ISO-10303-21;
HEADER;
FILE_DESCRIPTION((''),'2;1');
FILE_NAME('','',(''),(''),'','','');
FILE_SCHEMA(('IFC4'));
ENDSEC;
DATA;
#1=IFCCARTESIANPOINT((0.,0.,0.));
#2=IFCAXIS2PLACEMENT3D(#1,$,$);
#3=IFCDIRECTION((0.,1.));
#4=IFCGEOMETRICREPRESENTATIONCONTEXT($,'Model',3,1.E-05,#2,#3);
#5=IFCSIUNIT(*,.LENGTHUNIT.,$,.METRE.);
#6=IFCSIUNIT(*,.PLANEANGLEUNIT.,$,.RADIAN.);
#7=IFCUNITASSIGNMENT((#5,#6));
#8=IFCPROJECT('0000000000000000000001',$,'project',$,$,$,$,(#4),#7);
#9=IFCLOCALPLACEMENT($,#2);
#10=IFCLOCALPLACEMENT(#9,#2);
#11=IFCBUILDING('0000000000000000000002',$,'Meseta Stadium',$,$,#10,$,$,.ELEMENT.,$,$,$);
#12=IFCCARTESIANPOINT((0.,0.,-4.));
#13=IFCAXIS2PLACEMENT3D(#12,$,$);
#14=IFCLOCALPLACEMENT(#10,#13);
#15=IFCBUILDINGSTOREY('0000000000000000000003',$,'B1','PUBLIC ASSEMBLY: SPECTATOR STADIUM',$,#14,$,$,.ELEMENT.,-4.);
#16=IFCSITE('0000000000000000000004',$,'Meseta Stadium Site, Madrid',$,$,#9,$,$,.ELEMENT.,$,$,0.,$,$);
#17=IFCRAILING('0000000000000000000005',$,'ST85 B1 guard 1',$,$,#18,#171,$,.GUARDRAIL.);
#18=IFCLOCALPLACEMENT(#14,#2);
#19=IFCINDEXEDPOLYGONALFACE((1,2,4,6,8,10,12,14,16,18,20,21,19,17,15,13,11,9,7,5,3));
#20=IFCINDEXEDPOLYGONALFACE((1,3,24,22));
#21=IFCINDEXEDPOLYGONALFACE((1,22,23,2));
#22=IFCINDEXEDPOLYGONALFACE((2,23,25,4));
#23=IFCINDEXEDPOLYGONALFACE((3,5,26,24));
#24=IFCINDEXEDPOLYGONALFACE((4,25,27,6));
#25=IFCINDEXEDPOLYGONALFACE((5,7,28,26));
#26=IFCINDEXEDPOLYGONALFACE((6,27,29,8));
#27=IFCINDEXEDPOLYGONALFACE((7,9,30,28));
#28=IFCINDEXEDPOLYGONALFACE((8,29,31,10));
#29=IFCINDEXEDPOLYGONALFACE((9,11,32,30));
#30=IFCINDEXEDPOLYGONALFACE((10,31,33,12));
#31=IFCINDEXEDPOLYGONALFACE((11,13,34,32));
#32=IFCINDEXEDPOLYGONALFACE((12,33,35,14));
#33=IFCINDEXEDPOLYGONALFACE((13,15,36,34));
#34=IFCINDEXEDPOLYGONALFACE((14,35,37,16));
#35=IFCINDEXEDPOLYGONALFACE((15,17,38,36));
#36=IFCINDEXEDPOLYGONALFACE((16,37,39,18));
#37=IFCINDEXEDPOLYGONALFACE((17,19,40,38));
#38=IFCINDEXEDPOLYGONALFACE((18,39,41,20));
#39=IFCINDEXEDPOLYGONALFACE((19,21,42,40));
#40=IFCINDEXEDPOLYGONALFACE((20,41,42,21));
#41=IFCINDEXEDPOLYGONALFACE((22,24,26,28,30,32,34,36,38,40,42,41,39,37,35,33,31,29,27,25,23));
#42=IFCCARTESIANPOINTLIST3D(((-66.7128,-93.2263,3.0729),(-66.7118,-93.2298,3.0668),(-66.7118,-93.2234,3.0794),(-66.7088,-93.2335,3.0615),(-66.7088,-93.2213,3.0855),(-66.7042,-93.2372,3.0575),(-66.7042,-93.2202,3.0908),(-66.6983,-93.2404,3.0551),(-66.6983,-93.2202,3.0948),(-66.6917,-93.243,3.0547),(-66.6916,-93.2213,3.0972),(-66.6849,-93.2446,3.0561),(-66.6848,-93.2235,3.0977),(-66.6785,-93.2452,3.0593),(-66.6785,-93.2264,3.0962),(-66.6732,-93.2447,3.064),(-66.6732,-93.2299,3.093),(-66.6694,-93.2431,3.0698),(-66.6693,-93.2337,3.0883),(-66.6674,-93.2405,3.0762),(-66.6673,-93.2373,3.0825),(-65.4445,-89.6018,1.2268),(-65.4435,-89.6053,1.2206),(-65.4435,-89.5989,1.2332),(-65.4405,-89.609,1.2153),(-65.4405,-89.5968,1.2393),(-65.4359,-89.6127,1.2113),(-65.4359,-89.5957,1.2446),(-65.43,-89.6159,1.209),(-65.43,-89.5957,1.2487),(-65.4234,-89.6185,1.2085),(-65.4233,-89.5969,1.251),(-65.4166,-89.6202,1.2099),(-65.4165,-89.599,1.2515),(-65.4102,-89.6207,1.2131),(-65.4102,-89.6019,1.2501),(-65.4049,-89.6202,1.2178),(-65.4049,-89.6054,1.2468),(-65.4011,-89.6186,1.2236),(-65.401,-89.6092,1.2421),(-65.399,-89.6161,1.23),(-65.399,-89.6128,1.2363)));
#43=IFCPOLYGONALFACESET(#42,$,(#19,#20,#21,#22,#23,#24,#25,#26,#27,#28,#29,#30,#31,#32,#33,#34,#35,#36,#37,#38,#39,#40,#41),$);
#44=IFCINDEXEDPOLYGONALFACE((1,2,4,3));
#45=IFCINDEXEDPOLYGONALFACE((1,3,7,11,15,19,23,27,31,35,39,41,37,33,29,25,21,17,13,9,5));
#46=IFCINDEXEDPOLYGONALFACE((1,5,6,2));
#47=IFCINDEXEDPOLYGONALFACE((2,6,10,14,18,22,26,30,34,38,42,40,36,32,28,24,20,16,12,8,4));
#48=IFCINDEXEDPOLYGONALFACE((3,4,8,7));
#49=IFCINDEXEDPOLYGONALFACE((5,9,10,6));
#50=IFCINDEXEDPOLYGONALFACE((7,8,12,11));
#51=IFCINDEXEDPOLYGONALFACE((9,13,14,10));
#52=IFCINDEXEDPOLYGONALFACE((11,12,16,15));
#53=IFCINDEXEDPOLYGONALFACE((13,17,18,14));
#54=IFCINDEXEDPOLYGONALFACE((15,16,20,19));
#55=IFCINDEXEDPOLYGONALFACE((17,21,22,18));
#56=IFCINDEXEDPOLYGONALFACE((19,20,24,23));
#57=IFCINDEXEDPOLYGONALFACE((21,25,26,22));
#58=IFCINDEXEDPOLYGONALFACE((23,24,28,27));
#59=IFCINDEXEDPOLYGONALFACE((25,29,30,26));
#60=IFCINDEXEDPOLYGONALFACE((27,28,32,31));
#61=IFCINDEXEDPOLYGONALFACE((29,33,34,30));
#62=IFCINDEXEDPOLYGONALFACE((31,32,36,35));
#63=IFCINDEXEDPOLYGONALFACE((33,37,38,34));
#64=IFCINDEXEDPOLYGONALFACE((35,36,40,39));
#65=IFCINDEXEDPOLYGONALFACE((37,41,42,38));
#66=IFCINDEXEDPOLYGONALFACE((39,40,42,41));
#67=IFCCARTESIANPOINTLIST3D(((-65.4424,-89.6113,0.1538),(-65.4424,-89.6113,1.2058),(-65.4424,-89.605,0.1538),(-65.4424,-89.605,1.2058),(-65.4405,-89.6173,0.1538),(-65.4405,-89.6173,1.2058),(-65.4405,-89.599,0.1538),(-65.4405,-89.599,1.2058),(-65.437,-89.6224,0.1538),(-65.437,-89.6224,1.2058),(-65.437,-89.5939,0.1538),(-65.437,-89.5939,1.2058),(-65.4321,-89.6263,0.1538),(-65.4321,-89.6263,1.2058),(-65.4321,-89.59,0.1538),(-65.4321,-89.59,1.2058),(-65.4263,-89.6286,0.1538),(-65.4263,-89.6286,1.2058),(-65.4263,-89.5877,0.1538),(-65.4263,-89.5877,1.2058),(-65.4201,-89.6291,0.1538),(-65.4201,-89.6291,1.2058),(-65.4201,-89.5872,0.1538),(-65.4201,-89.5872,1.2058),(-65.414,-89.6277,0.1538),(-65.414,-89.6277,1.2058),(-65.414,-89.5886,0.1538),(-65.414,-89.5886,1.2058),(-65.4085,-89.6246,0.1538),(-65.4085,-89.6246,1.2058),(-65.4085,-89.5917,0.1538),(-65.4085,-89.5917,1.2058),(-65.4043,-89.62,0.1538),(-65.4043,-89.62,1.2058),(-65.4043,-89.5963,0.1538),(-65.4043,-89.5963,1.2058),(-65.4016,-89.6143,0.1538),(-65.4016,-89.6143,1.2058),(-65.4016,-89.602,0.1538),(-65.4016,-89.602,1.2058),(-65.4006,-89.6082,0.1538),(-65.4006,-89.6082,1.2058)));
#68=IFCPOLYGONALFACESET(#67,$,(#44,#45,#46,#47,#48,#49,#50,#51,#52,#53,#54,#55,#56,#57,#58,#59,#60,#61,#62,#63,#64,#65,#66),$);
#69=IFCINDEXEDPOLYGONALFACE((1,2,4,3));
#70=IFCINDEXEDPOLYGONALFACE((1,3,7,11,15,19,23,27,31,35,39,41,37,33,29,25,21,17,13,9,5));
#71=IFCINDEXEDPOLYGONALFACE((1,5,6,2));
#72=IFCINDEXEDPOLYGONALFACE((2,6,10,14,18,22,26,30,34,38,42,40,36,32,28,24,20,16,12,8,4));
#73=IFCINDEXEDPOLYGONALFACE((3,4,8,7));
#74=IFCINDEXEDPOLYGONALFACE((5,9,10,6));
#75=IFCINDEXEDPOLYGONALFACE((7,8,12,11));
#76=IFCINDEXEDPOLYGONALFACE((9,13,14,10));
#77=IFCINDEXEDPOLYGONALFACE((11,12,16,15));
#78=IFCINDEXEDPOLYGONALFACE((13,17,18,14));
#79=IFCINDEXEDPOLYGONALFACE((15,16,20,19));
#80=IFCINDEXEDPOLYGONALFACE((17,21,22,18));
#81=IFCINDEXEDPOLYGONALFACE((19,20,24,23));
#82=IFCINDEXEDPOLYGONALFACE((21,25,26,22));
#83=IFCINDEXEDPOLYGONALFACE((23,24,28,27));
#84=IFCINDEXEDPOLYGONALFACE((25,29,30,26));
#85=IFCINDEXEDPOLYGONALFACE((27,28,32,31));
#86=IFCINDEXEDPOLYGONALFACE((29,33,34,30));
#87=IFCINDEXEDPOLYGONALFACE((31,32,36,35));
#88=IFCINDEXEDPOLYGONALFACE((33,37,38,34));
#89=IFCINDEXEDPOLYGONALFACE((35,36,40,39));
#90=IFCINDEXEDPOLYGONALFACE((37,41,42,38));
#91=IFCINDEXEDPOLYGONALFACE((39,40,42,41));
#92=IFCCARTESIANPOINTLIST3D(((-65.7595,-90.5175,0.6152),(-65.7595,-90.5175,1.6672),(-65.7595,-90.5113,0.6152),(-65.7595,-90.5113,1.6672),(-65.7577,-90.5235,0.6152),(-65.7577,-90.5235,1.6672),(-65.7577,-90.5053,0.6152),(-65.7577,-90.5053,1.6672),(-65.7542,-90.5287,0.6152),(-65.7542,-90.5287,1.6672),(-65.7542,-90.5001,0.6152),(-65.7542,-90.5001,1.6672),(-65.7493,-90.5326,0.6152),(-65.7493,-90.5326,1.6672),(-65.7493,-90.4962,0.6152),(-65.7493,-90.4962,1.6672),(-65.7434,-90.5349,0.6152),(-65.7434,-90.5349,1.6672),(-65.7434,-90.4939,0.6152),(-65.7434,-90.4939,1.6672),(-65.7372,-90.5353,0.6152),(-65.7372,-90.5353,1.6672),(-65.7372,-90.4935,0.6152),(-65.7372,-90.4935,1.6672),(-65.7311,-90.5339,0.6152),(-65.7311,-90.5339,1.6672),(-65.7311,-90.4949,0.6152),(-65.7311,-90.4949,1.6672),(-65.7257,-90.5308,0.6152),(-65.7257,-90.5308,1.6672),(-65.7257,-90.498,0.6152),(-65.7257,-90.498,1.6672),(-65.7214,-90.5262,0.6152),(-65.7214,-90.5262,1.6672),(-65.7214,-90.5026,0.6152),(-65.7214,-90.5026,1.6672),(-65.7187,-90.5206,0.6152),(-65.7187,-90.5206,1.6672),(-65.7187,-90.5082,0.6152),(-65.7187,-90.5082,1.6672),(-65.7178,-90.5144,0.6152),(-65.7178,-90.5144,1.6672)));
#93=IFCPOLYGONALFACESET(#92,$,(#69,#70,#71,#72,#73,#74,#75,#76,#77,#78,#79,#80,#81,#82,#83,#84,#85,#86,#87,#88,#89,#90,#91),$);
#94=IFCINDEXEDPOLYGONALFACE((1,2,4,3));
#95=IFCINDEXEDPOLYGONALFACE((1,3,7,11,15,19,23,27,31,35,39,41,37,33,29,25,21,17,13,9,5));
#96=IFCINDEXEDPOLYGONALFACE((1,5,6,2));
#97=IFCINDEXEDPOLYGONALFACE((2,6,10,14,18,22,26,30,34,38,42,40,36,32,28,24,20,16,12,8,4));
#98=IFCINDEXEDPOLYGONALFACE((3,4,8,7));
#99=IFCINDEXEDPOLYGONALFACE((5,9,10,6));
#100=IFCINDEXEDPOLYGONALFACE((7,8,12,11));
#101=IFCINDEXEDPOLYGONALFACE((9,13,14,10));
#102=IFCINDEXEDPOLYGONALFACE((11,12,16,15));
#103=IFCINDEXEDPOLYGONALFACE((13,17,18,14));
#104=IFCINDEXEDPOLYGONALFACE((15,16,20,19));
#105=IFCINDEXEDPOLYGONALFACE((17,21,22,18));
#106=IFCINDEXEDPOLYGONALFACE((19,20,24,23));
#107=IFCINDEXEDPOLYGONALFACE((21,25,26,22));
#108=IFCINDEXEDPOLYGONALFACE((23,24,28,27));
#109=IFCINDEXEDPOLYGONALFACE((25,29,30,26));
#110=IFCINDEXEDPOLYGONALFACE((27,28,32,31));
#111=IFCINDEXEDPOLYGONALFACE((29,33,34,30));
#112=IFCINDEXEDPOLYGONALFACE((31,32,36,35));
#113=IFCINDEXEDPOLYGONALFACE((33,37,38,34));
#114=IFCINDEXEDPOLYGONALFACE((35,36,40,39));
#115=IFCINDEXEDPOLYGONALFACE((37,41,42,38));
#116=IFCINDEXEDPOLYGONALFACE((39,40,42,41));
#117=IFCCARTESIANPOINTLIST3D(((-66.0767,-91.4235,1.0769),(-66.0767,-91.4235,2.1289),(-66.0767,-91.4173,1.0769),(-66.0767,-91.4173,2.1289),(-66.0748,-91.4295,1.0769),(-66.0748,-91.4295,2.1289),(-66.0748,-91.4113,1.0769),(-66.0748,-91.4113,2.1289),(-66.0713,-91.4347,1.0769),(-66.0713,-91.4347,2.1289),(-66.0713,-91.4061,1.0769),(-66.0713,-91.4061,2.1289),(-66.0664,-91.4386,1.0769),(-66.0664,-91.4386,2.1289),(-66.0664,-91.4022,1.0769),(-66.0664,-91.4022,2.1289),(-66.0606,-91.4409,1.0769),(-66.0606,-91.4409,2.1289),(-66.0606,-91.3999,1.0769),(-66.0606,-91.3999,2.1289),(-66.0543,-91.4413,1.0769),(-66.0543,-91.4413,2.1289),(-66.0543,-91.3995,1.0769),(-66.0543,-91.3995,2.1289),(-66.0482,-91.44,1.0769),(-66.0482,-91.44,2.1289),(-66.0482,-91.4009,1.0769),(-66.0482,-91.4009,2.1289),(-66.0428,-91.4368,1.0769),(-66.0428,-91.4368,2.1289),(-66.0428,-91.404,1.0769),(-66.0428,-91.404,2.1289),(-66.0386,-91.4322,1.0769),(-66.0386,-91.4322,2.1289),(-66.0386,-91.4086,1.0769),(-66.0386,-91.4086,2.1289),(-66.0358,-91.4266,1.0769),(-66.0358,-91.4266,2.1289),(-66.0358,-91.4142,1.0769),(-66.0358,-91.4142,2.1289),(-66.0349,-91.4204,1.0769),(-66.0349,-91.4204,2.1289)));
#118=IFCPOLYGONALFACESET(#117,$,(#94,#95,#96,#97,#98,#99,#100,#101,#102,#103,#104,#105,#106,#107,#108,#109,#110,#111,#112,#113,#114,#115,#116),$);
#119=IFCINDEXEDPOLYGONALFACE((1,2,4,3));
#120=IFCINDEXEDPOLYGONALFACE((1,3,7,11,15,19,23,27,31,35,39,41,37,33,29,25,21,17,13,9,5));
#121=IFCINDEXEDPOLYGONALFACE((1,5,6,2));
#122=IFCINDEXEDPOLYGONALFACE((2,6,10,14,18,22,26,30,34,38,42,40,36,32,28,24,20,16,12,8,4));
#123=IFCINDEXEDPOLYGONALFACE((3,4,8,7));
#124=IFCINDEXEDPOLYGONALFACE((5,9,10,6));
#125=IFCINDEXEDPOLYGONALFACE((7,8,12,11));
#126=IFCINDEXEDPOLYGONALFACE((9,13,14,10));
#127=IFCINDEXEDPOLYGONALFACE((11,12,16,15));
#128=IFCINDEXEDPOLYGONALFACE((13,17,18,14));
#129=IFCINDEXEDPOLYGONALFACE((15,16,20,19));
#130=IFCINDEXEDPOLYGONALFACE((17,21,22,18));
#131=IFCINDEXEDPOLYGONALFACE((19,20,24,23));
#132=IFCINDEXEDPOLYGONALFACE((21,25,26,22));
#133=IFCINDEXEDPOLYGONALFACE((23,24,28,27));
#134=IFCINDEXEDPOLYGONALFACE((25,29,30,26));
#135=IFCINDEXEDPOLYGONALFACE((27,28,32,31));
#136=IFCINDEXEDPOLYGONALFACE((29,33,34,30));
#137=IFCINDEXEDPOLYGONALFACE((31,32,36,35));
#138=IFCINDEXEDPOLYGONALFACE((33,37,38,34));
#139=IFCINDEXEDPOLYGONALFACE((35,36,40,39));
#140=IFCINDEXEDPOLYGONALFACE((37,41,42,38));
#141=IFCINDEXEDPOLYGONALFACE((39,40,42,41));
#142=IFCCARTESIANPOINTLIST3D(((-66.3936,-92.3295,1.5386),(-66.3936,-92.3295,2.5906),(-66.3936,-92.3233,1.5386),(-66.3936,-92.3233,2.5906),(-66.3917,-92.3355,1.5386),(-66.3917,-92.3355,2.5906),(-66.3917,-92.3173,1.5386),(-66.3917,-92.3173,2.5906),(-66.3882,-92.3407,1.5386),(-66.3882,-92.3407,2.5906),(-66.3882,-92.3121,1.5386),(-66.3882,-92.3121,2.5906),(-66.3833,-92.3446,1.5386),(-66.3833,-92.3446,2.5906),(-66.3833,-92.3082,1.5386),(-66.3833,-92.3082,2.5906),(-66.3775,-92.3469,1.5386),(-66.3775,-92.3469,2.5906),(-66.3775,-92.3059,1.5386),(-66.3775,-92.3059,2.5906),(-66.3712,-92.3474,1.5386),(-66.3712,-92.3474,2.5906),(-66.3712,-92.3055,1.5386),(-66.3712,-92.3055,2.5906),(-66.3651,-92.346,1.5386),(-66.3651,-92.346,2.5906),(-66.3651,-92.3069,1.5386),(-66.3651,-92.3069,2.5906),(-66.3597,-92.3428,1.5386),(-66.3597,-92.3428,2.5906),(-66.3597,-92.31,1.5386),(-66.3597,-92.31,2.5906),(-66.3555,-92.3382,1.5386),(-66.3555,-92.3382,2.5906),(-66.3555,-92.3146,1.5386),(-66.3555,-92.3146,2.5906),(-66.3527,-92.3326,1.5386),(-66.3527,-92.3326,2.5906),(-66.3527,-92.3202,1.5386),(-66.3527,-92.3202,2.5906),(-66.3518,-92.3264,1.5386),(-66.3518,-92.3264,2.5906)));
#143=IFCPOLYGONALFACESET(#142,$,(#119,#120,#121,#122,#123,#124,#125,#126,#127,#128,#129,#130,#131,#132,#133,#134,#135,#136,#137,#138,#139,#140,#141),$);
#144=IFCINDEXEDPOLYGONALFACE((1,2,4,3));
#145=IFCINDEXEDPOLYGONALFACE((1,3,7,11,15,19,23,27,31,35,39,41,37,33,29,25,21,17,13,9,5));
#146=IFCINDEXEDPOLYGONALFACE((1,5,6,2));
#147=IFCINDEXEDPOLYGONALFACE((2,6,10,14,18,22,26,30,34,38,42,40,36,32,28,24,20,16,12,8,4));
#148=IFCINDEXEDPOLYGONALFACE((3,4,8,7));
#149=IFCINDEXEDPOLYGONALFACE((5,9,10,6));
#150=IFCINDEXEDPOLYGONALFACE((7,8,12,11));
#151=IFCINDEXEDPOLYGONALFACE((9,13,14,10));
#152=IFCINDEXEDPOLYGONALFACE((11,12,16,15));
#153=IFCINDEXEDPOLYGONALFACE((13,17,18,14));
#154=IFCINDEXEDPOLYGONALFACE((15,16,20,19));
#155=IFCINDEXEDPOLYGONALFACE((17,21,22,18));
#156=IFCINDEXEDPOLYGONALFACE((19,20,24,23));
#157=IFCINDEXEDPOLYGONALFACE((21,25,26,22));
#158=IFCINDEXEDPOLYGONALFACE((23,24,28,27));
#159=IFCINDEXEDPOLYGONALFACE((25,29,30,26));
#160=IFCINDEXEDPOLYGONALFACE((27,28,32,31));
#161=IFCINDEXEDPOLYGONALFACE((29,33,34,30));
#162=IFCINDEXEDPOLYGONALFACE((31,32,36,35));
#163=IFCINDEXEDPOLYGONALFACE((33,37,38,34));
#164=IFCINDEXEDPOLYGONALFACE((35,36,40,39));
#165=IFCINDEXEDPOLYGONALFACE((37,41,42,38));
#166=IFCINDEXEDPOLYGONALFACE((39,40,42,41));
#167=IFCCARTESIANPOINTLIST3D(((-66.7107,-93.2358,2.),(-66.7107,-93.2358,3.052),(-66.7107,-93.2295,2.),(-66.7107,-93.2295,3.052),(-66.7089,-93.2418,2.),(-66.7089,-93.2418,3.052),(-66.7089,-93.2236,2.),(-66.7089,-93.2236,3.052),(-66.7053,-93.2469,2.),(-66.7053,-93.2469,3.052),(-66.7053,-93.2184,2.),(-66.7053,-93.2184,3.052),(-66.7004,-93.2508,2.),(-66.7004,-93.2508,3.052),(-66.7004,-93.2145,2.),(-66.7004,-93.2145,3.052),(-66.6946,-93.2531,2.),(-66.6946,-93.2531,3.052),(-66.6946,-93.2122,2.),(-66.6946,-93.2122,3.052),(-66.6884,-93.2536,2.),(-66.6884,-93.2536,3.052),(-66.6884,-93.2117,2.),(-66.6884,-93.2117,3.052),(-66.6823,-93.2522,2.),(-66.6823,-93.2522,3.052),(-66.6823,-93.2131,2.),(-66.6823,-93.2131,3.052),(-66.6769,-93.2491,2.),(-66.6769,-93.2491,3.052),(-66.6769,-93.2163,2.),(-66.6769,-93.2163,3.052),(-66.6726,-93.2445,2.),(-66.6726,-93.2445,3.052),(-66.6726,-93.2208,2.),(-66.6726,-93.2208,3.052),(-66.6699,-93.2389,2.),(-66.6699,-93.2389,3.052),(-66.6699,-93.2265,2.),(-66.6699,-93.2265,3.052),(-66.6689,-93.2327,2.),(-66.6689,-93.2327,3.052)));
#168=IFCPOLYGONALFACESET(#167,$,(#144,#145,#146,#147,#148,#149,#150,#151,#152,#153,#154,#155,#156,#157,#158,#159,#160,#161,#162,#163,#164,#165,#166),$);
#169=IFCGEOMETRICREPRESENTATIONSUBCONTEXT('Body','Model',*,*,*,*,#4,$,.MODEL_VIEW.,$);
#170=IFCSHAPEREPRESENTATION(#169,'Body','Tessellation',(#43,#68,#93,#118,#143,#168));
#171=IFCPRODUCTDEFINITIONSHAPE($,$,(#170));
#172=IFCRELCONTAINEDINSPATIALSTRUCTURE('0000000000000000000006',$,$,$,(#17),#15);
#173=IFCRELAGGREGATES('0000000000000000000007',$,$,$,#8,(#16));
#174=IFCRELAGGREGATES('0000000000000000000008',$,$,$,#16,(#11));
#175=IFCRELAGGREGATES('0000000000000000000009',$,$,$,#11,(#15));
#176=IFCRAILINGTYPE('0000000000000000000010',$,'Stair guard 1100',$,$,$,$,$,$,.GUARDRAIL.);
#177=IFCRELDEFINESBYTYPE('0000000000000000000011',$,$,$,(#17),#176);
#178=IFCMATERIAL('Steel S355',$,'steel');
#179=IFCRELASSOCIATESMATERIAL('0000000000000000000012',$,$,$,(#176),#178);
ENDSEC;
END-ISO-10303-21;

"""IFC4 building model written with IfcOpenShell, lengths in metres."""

from ifc_helpers import new_model, si_unit, direction, frame, origin, origin_2d, place, context, subcontext, project, spatial, circle, extrude, material, type_object, element, save


model = new_model("IFC4")

# Units and contexts
model_context = context("Model", 3, precision=1e-05, world=origin(), true_north=direction((0.0, 1.0)))
body_context = subcontext(model_context, "Body", "Model", "MODEL_VIEW")
ifc_project = project(units=[si_unit("LENGTHUNIT", "METRE"), si_unit("PLANEANGLEUNIT", "RADIAN")], contexts=[model_context])

# Site, building, storey
site_placement = place(None, origin())
site = spatial("IfcSite", under=ifc_project, at=site_placement, Name="Meseta Stadium Site, Madrid", CompositionType="ELEMENT", RefElevation=0.0)
building_placement = place(site_placement, origin())
building = spatial("IfcBuilding", under=site, at=building_placement, Name="Meseta Stadium", CompositionType="ELEMENT")
storey_placement = place(building_placement, frame((0.0, 0.0, -4.0)))
storey = spatial("IfcBuildingStorey", under=building, at=storey_placement, Name="B1", Description="PUBLIC ASSEMBLY: SPECTATOR STADIUM", CompositionType="ELEMENT", Elevation=-4.0)

# Railing
ifc_material_1 = material(Name="Steel S355", Category="steel")
railing_type_1 = type_object("IfcRailingType", Name="Stair guard 1100", PredefinedType="GUARDRAIL", material=ifc_material_1)
railing_1_placement = place(storey_placement, frame((-65.4216, -89.6082, 0.1538)))
element("IfcRailing", 1, at=railing_1_placement, inside=storey, type_object=railing_type_1, Name="ST85 B1 guard 1", PredefinedType="GUARDRAIL", context=body_context, shape_type="SweptSolid", body=[
    extrude(circle(Radius=0.0239, at=origin_2d()), frame((0.0, 0.0, 1.0762), z_axis=(-0.297672, -0.850672, 0.4333), x_axis=(0.94388, -0.330288, 0.0)), (0.0, 0.0, 1.0), 4.2607),
    extrude(circle(Radius=0.021, at=origin_2d()), origin(), (0.0, 0.0, 1.0), 1.052),
    extrude(circle(Radius=0.021, at=origin_2d()), frame((-0.3171, -0.9062, 0.4614)), (0.0, 0.0, 1.0), 1.052),
    extrude(circle(Radius=0.021, at=origin_2d()), frame((-0.6343, -1.8123, 0.9231)), (0.0, 0.0, 1.0), 1.052),
    extrude(circle(Radius=0.021, at=origin_2d()), frame((-0.9512, -2.7183, 1.3848)), (0.0, 0.0, 1.0), 1.052),
    extrude(circle(Radius=0.021, at=origin_2d()), frame((-1.2683, -3.6245, 1.8462)), (0.0, 0.0, 1.0), 1.052),
])

save(model, "model.ifc")
